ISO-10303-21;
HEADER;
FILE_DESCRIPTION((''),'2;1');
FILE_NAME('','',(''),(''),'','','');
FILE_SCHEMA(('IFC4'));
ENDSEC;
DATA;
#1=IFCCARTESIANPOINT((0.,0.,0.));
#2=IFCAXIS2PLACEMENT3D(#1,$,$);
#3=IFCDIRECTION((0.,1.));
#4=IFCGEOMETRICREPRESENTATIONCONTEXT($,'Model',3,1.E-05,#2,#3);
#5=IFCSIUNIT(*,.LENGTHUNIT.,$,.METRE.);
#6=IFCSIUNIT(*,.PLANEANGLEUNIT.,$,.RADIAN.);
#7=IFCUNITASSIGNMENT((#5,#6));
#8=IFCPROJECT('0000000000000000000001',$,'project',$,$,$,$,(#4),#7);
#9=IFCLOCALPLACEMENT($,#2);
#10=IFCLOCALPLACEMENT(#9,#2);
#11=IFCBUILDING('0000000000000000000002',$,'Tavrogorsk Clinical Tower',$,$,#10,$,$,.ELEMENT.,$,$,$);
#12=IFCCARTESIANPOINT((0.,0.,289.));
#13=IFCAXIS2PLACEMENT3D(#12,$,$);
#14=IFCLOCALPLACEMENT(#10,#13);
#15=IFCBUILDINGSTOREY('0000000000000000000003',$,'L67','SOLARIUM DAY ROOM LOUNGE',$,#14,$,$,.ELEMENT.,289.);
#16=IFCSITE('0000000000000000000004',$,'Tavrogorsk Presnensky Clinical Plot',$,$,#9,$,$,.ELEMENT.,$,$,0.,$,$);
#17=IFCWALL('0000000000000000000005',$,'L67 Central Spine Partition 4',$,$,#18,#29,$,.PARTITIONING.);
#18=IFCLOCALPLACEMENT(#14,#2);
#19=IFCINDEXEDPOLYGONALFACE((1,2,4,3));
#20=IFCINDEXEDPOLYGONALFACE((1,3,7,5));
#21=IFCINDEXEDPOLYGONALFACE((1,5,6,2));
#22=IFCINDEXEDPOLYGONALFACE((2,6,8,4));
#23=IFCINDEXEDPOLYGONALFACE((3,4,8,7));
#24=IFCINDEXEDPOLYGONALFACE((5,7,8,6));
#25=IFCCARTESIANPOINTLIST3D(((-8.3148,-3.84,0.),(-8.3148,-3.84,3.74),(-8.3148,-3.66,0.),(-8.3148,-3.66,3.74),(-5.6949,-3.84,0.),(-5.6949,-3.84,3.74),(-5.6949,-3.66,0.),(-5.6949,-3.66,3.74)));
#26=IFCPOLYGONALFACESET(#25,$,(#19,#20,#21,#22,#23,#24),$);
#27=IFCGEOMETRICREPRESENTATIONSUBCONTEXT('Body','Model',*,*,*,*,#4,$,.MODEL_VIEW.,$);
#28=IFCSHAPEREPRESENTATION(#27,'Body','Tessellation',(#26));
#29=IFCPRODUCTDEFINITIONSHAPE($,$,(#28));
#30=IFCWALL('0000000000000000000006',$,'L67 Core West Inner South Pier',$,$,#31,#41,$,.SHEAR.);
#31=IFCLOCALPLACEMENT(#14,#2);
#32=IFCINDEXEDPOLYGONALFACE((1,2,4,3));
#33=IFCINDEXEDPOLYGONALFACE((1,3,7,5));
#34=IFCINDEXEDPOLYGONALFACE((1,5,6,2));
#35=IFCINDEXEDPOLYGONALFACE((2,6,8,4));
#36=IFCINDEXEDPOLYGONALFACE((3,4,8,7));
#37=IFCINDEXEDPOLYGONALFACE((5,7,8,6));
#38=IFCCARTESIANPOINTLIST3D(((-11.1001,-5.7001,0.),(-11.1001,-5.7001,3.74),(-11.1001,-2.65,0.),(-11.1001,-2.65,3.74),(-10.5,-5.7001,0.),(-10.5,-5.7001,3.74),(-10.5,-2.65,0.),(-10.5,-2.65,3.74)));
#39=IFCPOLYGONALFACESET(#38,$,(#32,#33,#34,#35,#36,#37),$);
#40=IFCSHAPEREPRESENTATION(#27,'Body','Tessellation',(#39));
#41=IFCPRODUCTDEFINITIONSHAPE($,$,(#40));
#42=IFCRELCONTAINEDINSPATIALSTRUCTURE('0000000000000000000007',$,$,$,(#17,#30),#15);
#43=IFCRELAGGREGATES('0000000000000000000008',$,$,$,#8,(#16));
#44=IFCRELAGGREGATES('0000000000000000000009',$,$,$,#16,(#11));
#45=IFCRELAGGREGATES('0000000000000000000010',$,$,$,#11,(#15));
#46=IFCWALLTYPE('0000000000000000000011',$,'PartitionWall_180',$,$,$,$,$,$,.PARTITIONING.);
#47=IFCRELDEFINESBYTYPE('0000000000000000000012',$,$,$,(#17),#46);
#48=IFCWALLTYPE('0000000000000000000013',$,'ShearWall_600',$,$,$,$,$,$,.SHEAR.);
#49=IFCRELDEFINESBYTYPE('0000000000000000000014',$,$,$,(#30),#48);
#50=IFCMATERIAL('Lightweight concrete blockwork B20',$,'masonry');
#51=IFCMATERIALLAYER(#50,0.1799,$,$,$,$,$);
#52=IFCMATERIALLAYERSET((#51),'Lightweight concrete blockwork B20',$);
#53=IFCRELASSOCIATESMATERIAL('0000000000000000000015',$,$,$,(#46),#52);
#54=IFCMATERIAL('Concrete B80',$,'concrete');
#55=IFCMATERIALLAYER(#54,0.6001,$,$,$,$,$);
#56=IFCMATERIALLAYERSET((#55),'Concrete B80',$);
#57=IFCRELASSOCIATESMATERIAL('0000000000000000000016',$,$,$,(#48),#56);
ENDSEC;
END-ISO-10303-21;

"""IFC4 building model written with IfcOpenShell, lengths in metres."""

from ifc_helpers import new_model, si_unit, direction, frame, frame_2d, origin, place, context, subcontext, project, spatial, rectangle, extrude, material, layer, layer_set, type_object, element, save


model = new_model("IFC4")

# Units and contexts
model_context = context("Model", 3, precision=1e-05, world=origin(), true_north=direction((0.0, 1.0)))
body_context = subcontext(model_context, "Body", "Model", "MODEL_VIEW")
ifc_project = project(units=[si_unit("LENGTHUNIT", "METRE"), si_unit("PLANEANGLEUNIT", "RADIAN")], contexts=[model_context])

# Site, building, storey
site_placement = place(None, origin())
site = spatial("IfcSite", under=ifc_project, at=site_placement, Name="Tavrogorsk Presnensky Clinical Plot", CompositionType="ELEMENT", RefElevation=0.0)
building_placement = place(site_placement, origin())
building = spatial("IfcBuilding", under=site, at=building_placement, Name="Tavrogorsk Clinical Tower", CompositionType="ELEMENT")
storey_placement = place(building_placement, frame((0.0, 0.0, 289.0)))
storey = spatial("IfcBuildingStorey", under=building, at=storey_placement, Name="L67", Description="SOLARIUM DAY ROOM LOUNGE", CompositionType="ELEMENT", Elevation=289.0)

# Walls
ifc_material_1 = material(Name="Lightweight concrete blockwork B20", Category="masonry")
ifc_layer_1 = layer(ifc_material_1, 0.1799)
ifc_layer_set_1 = layer_set([ifc_layer_1], Name="Lightweight concrete blockwork B20")
wall_type_1 = type_object("IfcWallType", Name="PartitionWall_180", PredefinedType="PARTITIONING", material=ifc_layer_set_1)
wall_1_placement = place(storey_placement, frame((-8.3149, -3.75, 0.0), z_axis=(0.0, 0.0, 1.0), x_axis=(1.0, 0.0, 0.0)))
element("IfcWall", 1, at=wall_1_placement, inside=storey, type_object=wall_type_1, Name="L67 Central Spine Partition 4", PredefinedType="PARTITIONING", context=body_context, shape_type="SweptSolid", body=[
    extrude(rectangle(XDim=2.6199, YDim=0.1799, at=frame_2d((1.3101, 0.0))), origin(), (0.0, 0.0, 1.0), 3.74),
])
ifc_material_2 = material(Name="Concrete B80", Category="concrete")
ifc_layer_2 = layer(ifc_material_2, 0.6001)
ifc_layer_set_2 = layer_set([ifc_layer_2], Name="Concrete B80")
wall_type_2 = type_object("IfcWallType", Name="ShearWall_600", PredefinedType="SHEAR", material=ifc_layer_set_2)
wall_2_placement = place(storey_placement, frame((-10.8, -5.7, 0.0), z_axis=(0.0, 0.0, 1.0), x_axis=(0.0, 1.0, 0.0)))
element("IfcWall", 2, at=wall_2_placement, inside=storey, type_object=wall_type_2, Name="L67 Core West Inner South Pier", PredefinedType="SHEAR", context=body_context, shape_type="SweptSolid", body=[
    extrude(rectangle(XDim=3.05, YDim=0.6001, at=frame_2d((1.5249, 0.0))), origin(), (0.0, 0.0, 1.0), 3.74),
])

save(model, "model.ifc")
